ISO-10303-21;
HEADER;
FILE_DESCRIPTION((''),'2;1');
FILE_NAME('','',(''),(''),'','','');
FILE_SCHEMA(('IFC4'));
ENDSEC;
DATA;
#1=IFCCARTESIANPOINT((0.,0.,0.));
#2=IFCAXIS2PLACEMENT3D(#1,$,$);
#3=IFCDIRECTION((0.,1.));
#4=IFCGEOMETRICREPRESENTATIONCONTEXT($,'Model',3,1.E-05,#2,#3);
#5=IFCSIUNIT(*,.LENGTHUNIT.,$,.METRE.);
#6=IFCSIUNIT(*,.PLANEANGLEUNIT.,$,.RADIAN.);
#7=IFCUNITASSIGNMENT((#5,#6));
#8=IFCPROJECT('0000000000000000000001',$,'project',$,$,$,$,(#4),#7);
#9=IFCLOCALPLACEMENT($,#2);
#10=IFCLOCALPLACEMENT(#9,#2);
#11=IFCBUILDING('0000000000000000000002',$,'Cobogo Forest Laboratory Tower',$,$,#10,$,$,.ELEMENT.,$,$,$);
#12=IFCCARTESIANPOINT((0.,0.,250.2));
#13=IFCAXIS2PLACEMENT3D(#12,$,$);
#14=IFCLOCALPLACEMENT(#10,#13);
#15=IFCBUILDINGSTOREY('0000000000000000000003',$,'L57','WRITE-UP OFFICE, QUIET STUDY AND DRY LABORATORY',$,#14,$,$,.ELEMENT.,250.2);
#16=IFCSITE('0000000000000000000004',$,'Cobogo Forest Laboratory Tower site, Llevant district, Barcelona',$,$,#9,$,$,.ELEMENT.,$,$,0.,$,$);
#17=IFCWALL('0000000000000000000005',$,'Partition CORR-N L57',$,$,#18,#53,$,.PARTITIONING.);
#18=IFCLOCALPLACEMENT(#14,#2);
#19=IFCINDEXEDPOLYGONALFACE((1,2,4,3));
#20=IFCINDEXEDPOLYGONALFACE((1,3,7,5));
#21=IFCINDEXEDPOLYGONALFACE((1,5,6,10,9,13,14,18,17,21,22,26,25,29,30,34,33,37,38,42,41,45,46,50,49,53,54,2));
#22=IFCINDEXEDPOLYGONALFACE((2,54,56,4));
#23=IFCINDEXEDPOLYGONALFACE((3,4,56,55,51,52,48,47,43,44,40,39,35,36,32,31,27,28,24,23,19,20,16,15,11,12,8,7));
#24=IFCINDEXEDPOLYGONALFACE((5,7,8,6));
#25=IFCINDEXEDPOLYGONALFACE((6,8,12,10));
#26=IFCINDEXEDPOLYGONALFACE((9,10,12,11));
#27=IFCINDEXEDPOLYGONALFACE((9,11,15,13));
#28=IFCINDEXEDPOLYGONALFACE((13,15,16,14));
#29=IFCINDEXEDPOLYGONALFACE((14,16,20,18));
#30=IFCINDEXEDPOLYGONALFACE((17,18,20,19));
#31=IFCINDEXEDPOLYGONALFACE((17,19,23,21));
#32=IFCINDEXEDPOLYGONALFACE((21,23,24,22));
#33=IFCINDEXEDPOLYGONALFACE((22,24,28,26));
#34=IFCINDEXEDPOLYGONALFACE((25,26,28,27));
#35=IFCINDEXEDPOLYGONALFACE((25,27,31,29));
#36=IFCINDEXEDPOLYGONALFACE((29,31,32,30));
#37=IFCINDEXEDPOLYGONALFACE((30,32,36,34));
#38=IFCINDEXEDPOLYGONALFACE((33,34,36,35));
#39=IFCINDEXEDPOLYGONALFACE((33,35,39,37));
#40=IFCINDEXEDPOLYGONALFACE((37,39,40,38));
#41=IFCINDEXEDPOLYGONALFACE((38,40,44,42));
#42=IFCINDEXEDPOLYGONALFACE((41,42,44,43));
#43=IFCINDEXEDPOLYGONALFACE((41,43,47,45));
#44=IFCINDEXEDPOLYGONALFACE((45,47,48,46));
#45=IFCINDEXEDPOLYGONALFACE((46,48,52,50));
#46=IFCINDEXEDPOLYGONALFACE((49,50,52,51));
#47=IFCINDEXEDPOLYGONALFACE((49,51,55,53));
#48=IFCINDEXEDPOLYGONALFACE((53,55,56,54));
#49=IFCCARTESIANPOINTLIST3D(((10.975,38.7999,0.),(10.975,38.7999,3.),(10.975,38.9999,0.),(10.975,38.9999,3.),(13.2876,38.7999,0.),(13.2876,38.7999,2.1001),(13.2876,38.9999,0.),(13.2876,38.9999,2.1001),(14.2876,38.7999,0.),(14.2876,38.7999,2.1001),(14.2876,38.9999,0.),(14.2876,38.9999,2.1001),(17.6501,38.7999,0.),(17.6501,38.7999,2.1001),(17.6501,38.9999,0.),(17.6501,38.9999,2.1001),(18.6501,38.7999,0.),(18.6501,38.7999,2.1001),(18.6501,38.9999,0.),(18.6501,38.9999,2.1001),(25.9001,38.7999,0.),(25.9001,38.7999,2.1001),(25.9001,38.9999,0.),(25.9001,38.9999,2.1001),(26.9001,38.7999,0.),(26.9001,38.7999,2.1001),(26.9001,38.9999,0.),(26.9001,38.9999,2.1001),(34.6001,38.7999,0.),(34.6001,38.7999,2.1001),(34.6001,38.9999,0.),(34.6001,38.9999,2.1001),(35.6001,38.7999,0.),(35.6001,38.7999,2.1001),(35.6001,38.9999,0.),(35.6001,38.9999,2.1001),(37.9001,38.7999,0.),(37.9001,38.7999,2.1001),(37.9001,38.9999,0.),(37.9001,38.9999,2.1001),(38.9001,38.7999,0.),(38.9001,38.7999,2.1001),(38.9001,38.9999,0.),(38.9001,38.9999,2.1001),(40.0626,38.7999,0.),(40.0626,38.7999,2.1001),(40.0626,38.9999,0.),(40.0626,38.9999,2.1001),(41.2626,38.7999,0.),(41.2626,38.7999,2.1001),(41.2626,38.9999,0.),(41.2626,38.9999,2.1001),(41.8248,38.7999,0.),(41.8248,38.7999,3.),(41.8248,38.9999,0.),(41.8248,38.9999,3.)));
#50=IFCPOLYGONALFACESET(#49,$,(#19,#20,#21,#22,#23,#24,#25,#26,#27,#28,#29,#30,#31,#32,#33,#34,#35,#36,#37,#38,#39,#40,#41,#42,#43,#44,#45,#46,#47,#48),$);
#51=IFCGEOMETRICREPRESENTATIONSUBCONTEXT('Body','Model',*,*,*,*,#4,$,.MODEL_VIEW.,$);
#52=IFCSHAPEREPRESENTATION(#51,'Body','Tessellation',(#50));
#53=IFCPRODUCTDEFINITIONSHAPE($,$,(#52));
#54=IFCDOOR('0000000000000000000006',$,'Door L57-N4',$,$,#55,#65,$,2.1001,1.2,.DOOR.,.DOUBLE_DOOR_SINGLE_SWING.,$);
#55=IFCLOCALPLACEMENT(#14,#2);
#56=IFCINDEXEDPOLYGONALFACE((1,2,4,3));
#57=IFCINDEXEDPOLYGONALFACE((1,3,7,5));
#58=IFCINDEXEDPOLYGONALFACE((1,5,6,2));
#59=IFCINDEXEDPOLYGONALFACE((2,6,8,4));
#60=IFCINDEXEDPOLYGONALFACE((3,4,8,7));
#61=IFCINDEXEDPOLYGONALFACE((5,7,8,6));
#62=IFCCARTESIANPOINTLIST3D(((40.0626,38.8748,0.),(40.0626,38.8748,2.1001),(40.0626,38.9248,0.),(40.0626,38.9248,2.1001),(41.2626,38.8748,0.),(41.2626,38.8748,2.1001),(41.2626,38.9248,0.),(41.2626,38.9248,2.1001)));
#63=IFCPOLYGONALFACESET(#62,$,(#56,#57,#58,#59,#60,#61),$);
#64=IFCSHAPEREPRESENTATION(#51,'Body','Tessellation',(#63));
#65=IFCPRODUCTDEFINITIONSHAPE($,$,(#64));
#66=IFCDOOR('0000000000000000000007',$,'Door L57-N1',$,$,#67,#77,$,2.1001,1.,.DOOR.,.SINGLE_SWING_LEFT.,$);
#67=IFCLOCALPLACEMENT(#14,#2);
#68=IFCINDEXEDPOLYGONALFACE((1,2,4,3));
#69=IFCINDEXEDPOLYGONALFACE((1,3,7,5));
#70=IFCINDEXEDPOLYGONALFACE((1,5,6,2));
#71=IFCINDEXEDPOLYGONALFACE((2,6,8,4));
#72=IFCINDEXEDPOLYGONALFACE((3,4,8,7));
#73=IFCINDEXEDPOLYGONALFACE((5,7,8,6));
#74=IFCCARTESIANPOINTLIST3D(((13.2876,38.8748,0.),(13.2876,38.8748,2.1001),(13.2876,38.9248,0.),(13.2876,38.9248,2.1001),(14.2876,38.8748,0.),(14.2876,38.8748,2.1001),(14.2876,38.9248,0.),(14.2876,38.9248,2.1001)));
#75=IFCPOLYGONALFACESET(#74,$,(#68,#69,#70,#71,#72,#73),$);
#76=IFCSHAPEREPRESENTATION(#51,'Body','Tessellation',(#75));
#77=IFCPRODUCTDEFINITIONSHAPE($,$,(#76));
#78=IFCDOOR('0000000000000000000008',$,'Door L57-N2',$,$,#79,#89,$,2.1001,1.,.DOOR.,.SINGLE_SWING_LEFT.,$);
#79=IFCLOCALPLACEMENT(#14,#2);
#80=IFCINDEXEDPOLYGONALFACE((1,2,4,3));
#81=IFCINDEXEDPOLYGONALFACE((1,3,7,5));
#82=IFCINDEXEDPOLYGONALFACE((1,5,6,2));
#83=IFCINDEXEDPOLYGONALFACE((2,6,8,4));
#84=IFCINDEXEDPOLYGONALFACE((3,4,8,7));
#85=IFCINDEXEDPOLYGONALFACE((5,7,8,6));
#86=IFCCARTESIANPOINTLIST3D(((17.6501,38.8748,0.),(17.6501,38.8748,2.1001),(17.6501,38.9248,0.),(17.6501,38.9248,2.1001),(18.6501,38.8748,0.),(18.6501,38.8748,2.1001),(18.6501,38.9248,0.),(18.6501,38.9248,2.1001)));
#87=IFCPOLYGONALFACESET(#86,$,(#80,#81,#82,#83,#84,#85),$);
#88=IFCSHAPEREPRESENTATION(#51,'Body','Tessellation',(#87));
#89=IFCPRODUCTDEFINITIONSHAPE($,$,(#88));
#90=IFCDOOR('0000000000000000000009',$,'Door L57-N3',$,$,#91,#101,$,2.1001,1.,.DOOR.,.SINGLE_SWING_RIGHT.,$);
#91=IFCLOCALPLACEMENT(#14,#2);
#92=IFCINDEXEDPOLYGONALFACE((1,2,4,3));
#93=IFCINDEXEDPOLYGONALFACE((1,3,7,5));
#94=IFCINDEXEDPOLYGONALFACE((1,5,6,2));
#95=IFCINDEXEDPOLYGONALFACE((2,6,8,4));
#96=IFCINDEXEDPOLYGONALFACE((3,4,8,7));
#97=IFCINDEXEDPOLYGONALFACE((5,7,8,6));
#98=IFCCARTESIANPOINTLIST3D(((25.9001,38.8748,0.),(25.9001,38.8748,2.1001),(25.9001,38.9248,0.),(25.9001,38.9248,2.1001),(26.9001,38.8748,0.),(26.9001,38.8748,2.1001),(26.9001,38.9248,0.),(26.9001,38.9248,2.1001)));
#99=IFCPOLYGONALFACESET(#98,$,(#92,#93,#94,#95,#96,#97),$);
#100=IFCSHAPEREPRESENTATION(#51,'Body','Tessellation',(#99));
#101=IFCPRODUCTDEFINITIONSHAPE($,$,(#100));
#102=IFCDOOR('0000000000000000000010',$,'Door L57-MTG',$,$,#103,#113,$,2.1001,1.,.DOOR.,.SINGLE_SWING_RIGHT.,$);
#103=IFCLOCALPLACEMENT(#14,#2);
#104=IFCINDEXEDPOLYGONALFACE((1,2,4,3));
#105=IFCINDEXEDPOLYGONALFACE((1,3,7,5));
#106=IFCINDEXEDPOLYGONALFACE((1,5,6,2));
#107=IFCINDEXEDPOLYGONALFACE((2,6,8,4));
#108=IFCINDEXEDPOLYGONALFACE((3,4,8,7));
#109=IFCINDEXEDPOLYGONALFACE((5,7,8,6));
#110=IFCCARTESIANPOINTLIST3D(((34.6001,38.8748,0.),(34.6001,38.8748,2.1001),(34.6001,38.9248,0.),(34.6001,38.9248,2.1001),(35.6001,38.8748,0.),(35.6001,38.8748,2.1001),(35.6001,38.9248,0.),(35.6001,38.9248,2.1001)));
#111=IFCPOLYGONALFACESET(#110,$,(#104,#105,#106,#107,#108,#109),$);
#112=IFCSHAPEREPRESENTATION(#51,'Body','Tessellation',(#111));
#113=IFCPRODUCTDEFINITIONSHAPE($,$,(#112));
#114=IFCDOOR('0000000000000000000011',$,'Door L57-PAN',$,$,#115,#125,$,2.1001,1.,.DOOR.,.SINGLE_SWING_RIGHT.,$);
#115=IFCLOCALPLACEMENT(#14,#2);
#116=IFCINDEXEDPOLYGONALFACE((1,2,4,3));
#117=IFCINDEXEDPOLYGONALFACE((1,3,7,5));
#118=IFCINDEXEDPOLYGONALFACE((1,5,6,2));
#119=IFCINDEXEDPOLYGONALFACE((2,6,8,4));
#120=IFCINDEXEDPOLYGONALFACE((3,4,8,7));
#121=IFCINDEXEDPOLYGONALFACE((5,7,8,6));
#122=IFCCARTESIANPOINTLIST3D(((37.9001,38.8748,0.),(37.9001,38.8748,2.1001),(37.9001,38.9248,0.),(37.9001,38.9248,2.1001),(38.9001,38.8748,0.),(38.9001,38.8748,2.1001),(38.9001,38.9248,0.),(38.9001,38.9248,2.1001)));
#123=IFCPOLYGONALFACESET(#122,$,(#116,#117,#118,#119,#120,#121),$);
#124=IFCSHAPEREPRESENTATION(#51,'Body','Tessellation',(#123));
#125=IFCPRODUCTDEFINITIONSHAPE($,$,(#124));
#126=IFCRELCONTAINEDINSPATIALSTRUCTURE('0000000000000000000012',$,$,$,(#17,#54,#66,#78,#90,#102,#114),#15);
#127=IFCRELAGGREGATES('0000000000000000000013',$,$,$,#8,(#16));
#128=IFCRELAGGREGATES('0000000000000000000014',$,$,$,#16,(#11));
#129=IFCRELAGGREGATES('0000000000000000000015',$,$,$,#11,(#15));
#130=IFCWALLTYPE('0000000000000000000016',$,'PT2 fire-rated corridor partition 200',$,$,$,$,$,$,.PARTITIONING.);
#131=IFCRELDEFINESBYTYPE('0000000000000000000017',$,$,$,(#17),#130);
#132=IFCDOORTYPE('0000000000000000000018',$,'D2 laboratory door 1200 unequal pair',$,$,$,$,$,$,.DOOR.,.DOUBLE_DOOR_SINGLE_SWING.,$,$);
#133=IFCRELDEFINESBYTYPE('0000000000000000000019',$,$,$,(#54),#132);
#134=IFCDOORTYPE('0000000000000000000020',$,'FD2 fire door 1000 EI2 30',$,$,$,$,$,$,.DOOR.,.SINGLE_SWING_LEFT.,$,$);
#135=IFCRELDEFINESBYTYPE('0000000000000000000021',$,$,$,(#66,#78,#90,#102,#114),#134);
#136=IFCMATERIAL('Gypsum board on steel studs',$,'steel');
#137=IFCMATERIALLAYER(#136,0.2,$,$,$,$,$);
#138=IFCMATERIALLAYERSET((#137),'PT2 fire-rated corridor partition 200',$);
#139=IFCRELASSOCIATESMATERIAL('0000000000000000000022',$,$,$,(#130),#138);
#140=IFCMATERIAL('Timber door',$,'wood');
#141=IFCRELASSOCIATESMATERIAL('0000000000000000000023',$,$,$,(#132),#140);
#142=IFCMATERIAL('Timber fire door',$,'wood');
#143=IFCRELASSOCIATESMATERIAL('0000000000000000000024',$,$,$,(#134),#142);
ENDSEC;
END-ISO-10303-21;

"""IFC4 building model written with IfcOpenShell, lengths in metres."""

from ifc_helpers import new_model, si_unit, direction, frame, frame_2d, origin, place, context, subcontext, project, spatial, rectangle, extrude, material, layer, layer_set, type_object, element, fill, save


model = new_model("IFC4")

# Units and contexts
model_context = context("Model", 3, precision=1e-05, world=origin(), true_north=direction((0.0, 1.0)))
body_context = subcontext(model_context, "Body", "Model", "MODEL_VIEW")
ifc_project = project(units=[si_unit("LENGTHUNIT", "METRE"), si_unit("PLANEANGLEUNIT", "RADIAN")], contexts=[model_context])

# Site, building, storey
site_placement = place(None, origin())
site = spatial("IfcSite", under=ifc_project, at=site_placement, Name="Cobogo Forest Laboratory Tower site, Llevant district, Barcelona", CompositionType="ELEMENT", RefElevation=0.0)
building_placement = place(site_placement, origin())
building = spatial("IfcBuilding", under=site, at=building_placement, Name="Cobogo Forest Laboratory Tower", CompositionType="ELEMENT")
storey_placement = place(building_placement, frame((0.0, 0.0, 250.2)))
storey = spatial("IfcBuildingStorey", under=building, at=storey_placement, Name="L57", Description="WRITE-UP OFFICE, QUIET STUDY AND DRY LABORATORY", CompositionType="ELEMENT", Elevation=250.2)

# Shared definitions
ifc_material_1 = material(Name="Gypsum board on steel studs", Category="steel")

# Wall, openings, doors
ifc_layer_1 = layer(ifc_material_1, 0.2)
ifc_layer_set_1 = layer_set([ifc_layer_1], Name="PT2 fire-rated corridor partition 200")
wall_type_1 = type_object("IfcWallType", Name="PT2 fire-rated corridor partition 200", PredefinedType="PARTITIONING", material=ifc_layer_set_1)
wall_1_placement = place(storey_placement, frame((10.9751, 38.8999, 0.0), z_axis=(0.0, 0.0, 1.0), x_axis=(1.0, 0.0, 0.0)))
wall_1 = element("IfcWall", 1, at=wall_1_placement, inside=storey, type_object=wall_type_1, Name="Partition CORR-N L57", PredefinedType="PARTITIONING", context=body_context, shape_type="SweptSolid", body=[
    extrude(rectangle(XDim=30.8499, YDim=0.2, at=frame_2d((15.4248, 0.0))), origin(), (0.0, 0.0, 1.0), 3.0),
])
opening_1_placement = place(wall_1_placement, frame((2.3125, 0.0, 0.0)))
opening_1 = element("IfcOpeningElement", 2, at=opening_1_placement, cuts=wall_1, PredefinedType="OPENING", context=body_context, shape_type="SweptSolid", body=[
    extrude(rectangle(XDim=1.0, YDim=2.1001, at=frame_2d((0.5, 1.05))), frame((0.0, 0.1099, 0.0), z_axis=(0.0, -1.0, 0.0), x_axis=(1.0, 0.0, 0.0)), (0.0, 0.0, 1.0), 0.22),
])
opening_2_placement = place(wall_1_placement, frame((6.675, 0.0, 0.0)))
opening_2 = element("IfcOpeningElement", 3, at=opening_2_placement, cuts=wall_1, PredefinedType="OPENING", context=body_context, shape_type="SweptSolid", body=[
    extrude(rectangle(XDim=1.0, YDim=2.1001, at=frame_2d((0.5, 1.05))), frame((0.0, 0.1099, 0.0), z_axis=(0.0, -1.0, 0.0), x_axis=(1.0, 0.0, 0.0)), (0.0, 0.0, 1.0), 0.22),
])
opening_3_placement = place(wall_1_placement, frame((14.925, 0.0, 0.0)))
opening_3 = element("IfcOpeningElement", 4, at=opening_3_placement, cuts=wall_1, PredefinedType="OPENING", context=body_context, shape_type="SweptSolid", body=[
    extrude(rectangle(XDim=1.0, YDim=2.1001, at=frame_2d((0.5, 1.05))), frame((0.0, 0.1099, 0.0), z_axis=(0.0, -1.0, 0.0), x_axis=(1.0, 0.0, 0.0)), (0.0, 0.0, 1.0), 0.22),
])
opening_4_placement = place(wall_1_placement, frame((23.625, 0.0, 0.0)))
opening_4 = element("IfcOpeningElement", 5, at=opening_4_placement, cuts=wall_1, PredefinedType="OPENING", context=body_context, shape_type="SweptSolid", body=[
    extrude(rectangle(XDim=1.0, YDim=2.1001, at=frame_2d((0.5, 1.05))), frame((0.0, 0.1099, 0.0), z_axis=(0.0, -1.0, 0.0), x_axis=(1.0, 0.0, 0.0)), (0.0, 0.0, 1.0), 0.22),
])
opening_5_placement = place(wall_1_placement, frame((26.925, 0.0, 0.0)))
opening_5 = element("IfcOpeningElement", 6, at=opening_5_placement, cuts=wall_1, PredefinedType="OPENING", context=body_context, shape_type="SweptSolid", body=[
    extrude(rectangle(XDim=1.0, YDim=2.1001, at=frame_2d((0.5, 1.05))), frame((0.0, 0.1099, 0.0), z_axis=(0.0, -1.0, 0.0), x_axis=(1.0, 0.0, 0.0)), (0.0, 0.0, 1.0), 0.22),
])
opening_6_placement = place(wall_1_placement, frame((29.0874, 0.0, 0.0)))
opening_6 = element("IfcOpeningElement", 7, at=opening_6_placement, cuts=wall_1, PredefinedType="OPENING", context=body_context, shape_type="SweptSolid", body=[
    extrude(rectangle(XDim=1.2, YDim=2.1001, at=frame_2d((0.6001, 1.05))), frame((0.0, 0.1099, 0.0), z_axis=(0.0, -1.0, 0.0), x_axis=(1.0, 0.0, 0.0)), (0.0, 0.0, 1.0), 0.22),
])
ifc_material_2 = material(Name="Timber door", Category="wood")
door_type_1 = type_object("IfcDoorType", Name="D2 laboratory door 1200 unequal pair", OperationType="DOUBLE_DOOR_SINGLE_SWING", PredefinedType="DOOR", material=ifc_material_2)
door_1_placement = place(opening_6_placement, origin())
door_1 = element("IfcDoor", 8, at=door_1_placement, inside=storey, type_object=door_type_1, Name="Door L57-N4", OperationType="DOUBLE_DOOR_SINGLE_SWING", OverallHeight=2.1001, OverallWidth=1.2, PredefinedType="DOOR", context=body_context, shape_type="SweptSolid", body=[
    extrude(rectangle(XDim=1.2, YDim=2.1001, at=frame_2d((0.6001, 1.05))), frame((0.0, 0.0249, 0.0), z_axis=(0.0, -1.0, 0.0), x_axis=(1.0, 0.0, 0.0)), (0.0, 0.0, 1.0), 0.05),
])
fill(opening_6, door_1)
ifc_material_3 = material(Name="Timber fire door", Category="wood")
door_type_2 = type_object("IfcDoorType", Name="FD2 fire door 1000 EI2 30", OperationType="SINGLE_SWING_LEFT", PredefinedType="DOOR", material=ifc_material_3)
door_2_placement = place(opening_1_placement, origin())
door_2 = element("IfcDoor", 9, at=door_2_placement, inside=storey, type_object=door_type_2, Name="Door L57-N1", OperationType="SINGLE_SWING_LEFT", OverallHeight=2.1001, OverallWidth=1.0, PredefinedType="DOOR", context=body_context, shape_type="SweptSolid", body=[
    extrude(rectangle(XDim=1.0, YDim=2.1001, at=frame_2d((0.5, 1.05))), frame((0.0, 0.0249, 0.0), z_axis=(0.0, -1.0, 0.0), x_axis=(1.0, 0.0, 0.0)), (0.0, 0.0, 1.0), 0.05),
])
fill(opening_1, door_2)
door_3_placement = place(opening_2_placement, origin())
door_3 = element("IfcDoor", 10, at=door_3_placement, inside=storey, type_object=door_type_2, Name="Door L57-N2", OperationType="SINGLE_SWING_LEFT", OverallHeight=2.1001, OverallWidth=1.0, PredefinedType="DOOR", context=body_context, shape_type="SweptSolid", body=[
    extrude(rectangle(XDim=1.0, YDim=2.1001, at=frame_2d((0.5, 1.05))), frame((0.0, 0.0249, 0.0), z_axis=(0.0, -1.0, 0.0), x_axis=(1.0, 0.0, 0.0)), (0.0, 0.0, 1.0), 0.05),
])
fill(opening_2, door_3)
door_4_placement = place(opening_3_placement, origin())
door_4 = element("IfcDoor", 11, at=door_4_placement, inside=storey, type_object=door_type_2, Name="Door L57-N3", OperationType="SINGLE_SWING_RIGHT", OverallHeight=2.1001, OverallWidth=1.0, PredefinedType="DOOR", context=body_context, shape_type="SweptSolid", body=[
    extrude(rectangle(XDim=1.0, YDim=2.1001, at=frame_2d((0.5, 1.05))), frame((0.0, 0.0249, 0.0), z_axis=(0.0, -1.0, 0.0), x_axis=(1.0, 0.0, 0.0)), (0.0, 0.0, 1.0), 0.05),
])
fill(opening_3, door_4)
door_5_placement = place(opening_4_placement, origin())
door_5 = element("IfcDoor", 12, at=door_5_placement, inside=storey, type_object=door_type_2, Name="Door L57-MTG", OperationType="SINGLE_SWING_RIGHT", OverallHeight=2.1001, OverallWidth=1.0, PredefinedType="DOOR", context=body_context, shape_type="SweptSolid", body=[
    extrude(rectangle(XDim=1.0, YDim=2.1001, at=frame_2d((0.5, 1.05))), frame((0.0, 0.0249, 0.0), z_axis=(0.0, -1.0, 0.0), x_axis=(1.0, 0.0, 0.0)), (0.0, 0.0, 1.0), 0.05),
])
fill(opening_4, door_5)
door_6_placement = place(opening_5_placement, origin())
door_6 = element("IfcDoor", 13, at=door_6_placement, inside=storey, type_object=door_type_2, Name="Door L57-PAN", OperationType="SINGLE_SWING_RIGHT", OverallHeight=2.1001, OverallWidth=1.0, PredefinedType="DOOR", context=body_context, shape_type="SweptSolid", body=[
    extrude(rectangle(XDim=1.0, YDim=2.1001, at=frame_2d((0.5, 1.05))), frame((0.0, 0.0249, 0.0), z_axis=(0.0, -1.0, 0.0), x_axis=(1.0, 0.0, 0.0)), (0.0, 0.0, 1.0), 0.05),
])
fill(opening_5, door_6)

save(model, "model.ifc")
